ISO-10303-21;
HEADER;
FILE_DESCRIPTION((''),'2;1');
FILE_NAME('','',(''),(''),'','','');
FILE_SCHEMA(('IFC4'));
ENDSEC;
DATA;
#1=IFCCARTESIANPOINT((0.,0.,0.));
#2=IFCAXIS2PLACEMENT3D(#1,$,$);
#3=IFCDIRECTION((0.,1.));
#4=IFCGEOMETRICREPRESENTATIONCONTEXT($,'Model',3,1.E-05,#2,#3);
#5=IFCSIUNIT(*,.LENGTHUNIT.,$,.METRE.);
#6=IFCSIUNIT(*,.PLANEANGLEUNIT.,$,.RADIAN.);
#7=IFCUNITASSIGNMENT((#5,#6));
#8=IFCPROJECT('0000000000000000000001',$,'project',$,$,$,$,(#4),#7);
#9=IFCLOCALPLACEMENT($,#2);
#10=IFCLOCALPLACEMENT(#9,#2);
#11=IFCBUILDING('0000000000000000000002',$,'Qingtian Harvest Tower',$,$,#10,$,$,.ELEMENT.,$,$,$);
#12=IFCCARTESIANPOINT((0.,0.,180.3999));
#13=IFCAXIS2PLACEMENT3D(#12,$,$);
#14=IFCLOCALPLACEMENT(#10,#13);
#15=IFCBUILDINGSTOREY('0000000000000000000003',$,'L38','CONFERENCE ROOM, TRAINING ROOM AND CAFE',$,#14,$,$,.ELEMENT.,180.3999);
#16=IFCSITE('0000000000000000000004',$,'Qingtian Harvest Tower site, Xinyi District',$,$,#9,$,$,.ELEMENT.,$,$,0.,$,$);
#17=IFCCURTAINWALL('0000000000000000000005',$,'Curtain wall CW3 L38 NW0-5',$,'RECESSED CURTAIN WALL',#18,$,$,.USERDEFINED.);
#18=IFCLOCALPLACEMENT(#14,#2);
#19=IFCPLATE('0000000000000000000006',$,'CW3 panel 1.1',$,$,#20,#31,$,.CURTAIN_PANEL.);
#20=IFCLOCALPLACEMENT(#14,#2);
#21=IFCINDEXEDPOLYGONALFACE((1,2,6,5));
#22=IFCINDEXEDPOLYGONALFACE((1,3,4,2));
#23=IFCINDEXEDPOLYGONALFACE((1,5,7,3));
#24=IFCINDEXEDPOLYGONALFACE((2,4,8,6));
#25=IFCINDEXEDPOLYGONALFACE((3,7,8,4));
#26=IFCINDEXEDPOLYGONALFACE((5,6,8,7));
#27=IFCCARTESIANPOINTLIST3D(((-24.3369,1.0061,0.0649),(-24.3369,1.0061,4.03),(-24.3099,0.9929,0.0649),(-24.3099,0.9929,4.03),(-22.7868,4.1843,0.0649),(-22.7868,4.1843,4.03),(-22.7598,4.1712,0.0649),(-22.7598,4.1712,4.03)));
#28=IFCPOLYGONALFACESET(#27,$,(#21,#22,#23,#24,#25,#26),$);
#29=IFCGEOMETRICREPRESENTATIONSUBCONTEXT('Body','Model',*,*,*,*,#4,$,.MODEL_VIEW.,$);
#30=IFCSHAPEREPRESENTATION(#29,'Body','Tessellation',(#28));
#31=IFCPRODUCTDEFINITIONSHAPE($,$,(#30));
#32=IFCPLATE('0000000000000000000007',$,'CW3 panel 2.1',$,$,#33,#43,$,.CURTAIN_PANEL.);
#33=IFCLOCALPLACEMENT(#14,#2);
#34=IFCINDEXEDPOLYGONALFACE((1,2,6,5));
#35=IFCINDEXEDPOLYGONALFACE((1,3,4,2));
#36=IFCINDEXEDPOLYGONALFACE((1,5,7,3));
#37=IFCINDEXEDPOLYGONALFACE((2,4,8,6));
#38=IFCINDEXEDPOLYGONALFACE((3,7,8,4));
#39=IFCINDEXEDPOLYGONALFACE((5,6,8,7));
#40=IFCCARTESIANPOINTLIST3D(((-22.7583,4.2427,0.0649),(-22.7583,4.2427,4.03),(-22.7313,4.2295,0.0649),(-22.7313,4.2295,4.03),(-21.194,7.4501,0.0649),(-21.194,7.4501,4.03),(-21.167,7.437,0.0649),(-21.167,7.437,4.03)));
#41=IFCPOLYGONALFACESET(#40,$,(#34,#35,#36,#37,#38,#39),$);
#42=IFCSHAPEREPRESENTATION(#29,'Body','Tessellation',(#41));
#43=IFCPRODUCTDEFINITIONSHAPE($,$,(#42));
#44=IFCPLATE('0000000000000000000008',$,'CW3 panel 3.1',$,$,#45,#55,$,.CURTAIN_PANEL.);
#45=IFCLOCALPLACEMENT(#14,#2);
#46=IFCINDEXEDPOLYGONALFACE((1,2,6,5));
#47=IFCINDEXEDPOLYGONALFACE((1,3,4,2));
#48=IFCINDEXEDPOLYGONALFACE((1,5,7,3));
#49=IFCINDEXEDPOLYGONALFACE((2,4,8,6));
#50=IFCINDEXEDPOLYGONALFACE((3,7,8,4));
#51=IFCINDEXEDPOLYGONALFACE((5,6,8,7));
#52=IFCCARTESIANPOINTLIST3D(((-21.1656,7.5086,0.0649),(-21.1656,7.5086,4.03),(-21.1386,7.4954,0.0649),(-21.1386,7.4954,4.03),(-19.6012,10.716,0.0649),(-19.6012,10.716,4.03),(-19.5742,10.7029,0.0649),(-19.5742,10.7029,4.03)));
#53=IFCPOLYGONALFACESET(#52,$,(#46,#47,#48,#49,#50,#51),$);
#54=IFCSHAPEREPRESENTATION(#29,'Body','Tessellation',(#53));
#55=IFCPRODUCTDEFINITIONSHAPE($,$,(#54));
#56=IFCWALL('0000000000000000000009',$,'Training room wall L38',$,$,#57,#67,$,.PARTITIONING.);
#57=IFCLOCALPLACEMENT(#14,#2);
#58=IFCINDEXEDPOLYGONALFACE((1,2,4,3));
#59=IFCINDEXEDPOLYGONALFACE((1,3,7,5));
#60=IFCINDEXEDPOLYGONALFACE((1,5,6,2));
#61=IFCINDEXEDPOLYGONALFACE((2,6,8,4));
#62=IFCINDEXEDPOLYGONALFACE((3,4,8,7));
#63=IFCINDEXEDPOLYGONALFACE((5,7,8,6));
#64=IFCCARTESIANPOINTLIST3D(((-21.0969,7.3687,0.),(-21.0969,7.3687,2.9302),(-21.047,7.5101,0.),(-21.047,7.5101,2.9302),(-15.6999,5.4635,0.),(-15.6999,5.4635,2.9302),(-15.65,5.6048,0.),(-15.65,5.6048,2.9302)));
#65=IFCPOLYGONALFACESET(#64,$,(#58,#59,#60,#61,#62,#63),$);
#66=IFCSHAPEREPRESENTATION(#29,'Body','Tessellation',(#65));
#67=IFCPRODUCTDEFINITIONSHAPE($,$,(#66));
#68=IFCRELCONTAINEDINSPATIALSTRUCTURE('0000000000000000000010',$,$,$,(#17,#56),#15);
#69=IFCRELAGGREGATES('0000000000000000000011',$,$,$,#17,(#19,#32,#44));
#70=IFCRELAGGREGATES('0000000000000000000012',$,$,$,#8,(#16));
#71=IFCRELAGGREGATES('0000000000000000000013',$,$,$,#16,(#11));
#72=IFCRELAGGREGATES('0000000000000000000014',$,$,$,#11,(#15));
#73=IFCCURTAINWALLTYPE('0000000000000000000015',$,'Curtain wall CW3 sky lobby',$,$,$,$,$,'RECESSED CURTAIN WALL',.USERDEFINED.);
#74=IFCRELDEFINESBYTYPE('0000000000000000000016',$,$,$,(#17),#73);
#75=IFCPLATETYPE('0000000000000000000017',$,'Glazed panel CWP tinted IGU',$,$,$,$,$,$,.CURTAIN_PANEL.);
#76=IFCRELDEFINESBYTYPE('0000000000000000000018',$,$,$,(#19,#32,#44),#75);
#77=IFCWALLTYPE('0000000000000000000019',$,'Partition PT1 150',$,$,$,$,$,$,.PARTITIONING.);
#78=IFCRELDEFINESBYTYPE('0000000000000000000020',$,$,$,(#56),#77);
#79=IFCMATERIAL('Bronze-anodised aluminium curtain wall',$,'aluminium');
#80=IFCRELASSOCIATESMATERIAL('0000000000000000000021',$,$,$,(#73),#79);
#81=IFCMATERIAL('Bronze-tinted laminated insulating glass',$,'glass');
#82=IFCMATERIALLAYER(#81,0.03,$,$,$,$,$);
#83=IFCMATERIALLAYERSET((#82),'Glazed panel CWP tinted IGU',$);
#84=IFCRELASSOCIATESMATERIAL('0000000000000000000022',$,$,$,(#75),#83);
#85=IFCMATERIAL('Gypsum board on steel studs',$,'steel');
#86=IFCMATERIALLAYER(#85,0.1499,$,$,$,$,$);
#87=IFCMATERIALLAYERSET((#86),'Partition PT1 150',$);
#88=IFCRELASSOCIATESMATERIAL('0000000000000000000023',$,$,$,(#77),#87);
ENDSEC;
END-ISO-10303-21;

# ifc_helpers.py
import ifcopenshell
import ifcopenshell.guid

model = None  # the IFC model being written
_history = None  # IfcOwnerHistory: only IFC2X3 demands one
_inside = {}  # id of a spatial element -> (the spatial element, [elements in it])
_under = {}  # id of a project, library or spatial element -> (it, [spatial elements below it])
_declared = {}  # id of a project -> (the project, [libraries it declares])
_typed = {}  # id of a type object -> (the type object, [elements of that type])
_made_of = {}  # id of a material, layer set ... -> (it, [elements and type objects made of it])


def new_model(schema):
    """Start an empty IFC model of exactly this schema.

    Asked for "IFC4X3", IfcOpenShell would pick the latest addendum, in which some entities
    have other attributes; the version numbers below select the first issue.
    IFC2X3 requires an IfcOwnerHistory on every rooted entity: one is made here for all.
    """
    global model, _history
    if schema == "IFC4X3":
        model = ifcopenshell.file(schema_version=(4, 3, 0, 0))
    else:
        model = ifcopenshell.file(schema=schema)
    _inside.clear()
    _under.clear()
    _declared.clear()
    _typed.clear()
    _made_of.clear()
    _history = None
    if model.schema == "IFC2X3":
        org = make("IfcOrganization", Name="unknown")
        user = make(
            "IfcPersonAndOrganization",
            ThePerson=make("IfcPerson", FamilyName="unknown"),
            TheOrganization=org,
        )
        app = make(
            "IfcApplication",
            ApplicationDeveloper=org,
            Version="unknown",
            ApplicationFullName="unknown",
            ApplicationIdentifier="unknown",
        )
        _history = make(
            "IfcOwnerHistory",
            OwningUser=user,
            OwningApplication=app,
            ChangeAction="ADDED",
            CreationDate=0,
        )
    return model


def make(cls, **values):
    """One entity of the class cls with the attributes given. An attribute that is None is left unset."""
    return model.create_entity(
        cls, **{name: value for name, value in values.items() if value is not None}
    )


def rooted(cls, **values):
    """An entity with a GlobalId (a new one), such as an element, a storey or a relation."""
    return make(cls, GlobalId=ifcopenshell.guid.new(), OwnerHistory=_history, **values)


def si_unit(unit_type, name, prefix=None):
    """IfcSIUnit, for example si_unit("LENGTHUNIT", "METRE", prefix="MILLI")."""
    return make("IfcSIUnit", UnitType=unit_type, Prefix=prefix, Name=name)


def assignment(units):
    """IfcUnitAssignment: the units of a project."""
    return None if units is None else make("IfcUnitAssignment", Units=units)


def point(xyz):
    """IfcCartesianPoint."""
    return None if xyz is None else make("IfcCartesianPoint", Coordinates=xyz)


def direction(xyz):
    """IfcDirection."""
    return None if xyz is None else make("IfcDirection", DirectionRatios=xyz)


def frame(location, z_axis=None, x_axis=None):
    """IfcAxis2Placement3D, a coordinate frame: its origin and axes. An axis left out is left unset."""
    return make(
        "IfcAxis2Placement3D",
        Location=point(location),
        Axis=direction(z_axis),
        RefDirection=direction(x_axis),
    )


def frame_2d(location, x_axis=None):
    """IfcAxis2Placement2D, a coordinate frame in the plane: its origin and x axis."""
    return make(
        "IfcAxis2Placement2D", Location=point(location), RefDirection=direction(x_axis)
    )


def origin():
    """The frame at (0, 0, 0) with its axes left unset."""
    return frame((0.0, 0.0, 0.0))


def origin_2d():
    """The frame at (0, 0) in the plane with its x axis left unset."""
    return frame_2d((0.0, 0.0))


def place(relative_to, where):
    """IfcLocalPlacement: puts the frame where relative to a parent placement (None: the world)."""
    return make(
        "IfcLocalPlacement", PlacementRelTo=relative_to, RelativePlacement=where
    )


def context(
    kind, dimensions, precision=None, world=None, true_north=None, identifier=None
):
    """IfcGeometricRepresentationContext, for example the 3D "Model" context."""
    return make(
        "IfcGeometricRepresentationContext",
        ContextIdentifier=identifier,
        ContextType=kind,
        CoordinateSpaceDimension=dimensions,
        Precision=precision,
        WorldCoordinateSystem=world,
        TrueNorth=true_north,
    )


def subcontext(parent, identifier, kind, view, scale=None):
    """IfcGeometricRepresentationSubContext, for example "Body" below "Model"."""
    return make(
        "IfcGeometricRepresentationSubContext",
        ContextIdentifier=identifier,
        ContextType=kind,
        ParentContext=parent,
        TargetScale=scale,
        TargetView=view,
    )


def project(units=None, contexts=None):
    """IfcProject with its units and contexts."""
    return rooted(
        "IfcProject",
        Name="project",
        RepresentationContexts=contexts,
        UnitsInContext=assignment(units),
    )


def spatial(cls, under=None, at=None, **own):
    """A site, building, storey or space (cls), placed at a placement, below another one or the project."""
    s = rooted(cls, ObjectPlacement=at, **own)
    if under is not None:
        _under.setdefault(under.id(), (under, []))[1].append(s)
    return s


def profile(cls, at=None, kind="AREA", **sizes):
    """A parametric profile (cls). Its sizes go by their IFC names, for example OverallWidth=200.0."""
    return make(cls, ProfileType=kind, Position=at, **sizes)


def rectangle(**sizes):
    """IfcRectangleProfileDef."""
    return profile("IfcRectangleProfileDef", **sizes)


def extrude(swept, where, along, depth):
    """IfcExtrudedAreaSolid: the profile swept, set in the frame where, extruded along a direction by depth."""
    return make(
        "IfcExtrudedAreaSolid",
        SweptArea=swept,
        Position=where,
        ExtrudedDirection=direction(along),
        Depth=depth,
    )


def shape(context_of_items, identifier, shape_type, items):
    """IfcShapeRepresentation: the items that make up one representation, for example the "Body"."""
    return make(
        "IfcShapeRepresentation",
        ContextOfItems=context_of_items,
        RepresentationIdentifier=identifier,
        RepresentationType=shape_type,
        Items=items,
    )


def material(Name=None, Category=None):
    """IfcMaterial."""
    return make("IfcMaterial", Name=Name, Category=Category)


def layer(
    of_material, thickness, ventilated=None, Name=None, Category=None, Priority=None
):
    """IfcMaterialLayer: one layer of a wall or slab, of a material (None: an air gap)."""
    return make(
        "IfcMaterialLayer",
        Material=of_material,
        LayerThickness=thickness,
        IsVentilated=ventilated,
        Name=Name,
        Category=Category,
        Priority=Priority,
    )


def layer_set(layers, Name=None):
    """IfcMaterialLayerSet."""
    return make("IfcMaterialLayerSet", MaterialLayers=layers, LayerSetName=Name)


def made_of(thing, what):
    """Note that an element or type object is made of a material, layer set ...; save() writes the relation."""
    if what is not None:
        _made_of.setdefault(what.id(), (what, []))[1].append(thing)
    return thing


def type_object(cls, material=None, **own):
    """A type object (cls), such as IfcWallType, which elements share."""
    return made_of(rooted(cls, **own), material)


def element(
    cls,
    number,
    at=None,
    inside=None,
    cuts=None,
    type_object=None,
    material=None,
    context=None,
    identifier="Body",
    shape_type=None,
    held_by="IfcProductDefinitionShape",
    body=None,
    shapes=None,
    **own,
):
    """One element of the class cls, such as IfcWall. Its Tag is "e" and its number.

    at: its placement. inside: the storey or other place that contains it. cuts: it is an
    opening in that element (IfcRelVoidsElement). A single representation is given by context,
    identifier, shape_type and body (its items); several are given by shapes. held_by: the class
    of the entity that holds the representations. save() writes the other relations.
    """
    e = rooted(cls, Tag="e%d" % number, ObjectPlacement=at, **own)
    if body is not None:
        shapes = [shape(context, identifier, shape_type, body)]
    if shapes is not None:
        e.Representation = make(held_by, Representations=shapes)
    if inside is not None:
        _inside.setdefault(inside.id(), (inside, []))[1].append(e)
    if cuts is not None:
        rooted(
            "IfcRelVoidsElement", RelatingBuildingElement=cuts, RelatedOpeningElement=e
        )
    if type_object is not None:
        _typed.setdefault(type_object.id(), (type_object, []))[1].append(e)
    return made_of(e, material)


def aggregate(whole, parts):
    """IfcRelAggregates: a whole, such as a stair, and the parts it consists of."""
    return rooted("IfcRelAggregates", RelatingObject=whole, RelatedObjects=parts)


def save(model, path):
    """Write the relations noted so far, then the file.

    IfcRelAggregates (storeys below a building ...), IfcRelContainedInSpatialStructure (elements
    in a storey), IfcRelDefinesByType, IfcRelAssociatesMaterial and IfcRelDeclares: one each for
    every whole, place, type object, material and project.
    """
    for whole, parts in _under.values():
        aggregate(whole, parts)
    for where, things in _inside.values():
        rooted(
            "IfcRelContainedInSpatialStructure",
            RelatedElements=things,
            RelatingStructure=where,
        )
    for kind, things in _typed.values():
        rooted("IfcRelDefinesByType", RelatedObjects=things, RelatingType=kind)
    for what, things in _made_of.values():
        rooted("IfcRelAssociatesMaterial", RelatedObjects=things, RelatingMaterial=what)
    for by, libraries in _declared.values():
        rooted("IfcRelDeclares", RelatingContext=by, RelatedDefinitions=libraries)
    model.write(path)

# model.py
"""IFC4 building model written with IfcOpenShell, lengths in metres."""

from ifc_helpers import new_model, si_unit, direction, frame, frame_2d, origin, origin_2d, place, context, subcontext, project, spatial, rectangle, extrude, material, layer, layer_set, type_object, element, aggregate, save


model = new_model("IFC4")

# Units and contexts
model_context = context("Model", 3, precision=1e-05, world=origin(), true_north=direction((0.0, 1.0)))
body_context = subcontext(model_context, "Body", "Model", "MODEL_VIEW")
ifc_project = project(units=[si_unit("LENGTHUNIT", "METRE"), si_unit("PLANEANGLEUNIT", "RADIAN")], contexts=[model_context])

# Site, building, storey
site_placement = place(None, origin())
site = spatial("IfcSite", under=ifc_project, at=site_placement, Name="Qingtian Harvest Tower site, Xinyi District", CompositionType="ELEMENT", RefElevation=0.0)
building_placement = place(site_placement, origin())
building = spatial("IfcBuilding", under=site, at=building_placement, Name="Qingtian Harvest Tower", CompositionType="ELEMENT")
storey_placement = place(building_placement, frame((0.0, 0.0, 180.3999)))
storey = spatial("IfcBuildingStorey", under=building, at=storey_placement, Name="L38", Description="CONFERENCE ROOM, TRAINING ROOM AND CAFE", CompositionType="ELEMENT", Elevation=180.3999)

# Shared definitions
ifc_material_1 = material(Name="Bronze-anodised aluminium curtain wall", Category="aluminium")
curtain_wall_type = type_object("IfcCurtainWallType", Name="Curtain wall CW3 sky lobby", ElementType="RECESSED CURTAIN WALL", PredefinedType="USERDEFINED", material=ifc_material_1)

# Curtain wall
curtain_wall_1_placement = place(storey_placement, origin())
curtain_wall_1 = element("IfcCurtainWall", 1, at=curtain_wall_1_placement, inside=storey, type_object=curtain_wall_type, Name="Curtain wall CW3 L38 NW0-5", ObjectType="RECESSED CURTAIN WALL", PredefinedType="USERDEFINED")

# Plates
ifc_material_2 = material(Name="Bronze-tinted laminated insulating glass", Category="glass")
ifc_layer_1 = layer(ifc_material_2, 0.03)
ifc_layer_set_1 = layer_set([ifc_layer_1], Name="Glazed panel CWP tinted IGU")
plate_type = type_object("IfcPlateType", Name="Glazed panel CWP tinted IGU", PredefinedType="CURTAIN_PANEL", material=ifc_layer_set_1)
plate_1_placement = place(storey_placement, frame((-23.5483, 2.5886, 0.0649), z_axis=(0.0, 0.0, 1.0), x_axis=(0.438371, 0.898794, 0.0)))
plate_1 = element("IfcPlate", 2, at=plate_1_placement, type_object=plate_type, Name="CW3 panel 1.1", PredefinedType="CURTAIN_PANEL", context=body_context, shape_type="SweptSolid", body=[
    extrude(rectangle(XDim=3.5361, YDim=0.03, at=origin_2d()), origin(), (0.0, 0.0, 1.0), 3.9651),
])
plate_2_placement = place(storey_placement, frame((-21.9626, 5.8398, 0.0649), z_axis=(0.0, 0.0, 1.0), x_axis=(0.438371, 0.898794, 0.0)))
plate_2 = element("IfcPlate", 3, at=plate_2_placement, type_object=plate_type, Name="CW3 panel 2.1", PredefinedType="CURTAIN_PANEL", context=body_context, shape_type="SweptSolid", body=[
    extrude(rectangle(XDim=3.5686, YDim=0.03, at=origin_2d()), origin(), (0.0, 0.0, 1.0), 3.9651),
])
plate_3_placement = place(storey_placement, frame((-20.3699, 9.1057, 0.0649), z_axis=(0.0, 0.0, 1.0), x_axis=(0.438371, 0.898794, 0.0)))
plate_3 = element("IfcPlate", 4, at=plate_3_placement, type_object=plate_type, Name="CW3 panel 3.1", PredefinedType="CURTAIN_PANEL", context=body_context, shape_type="SweptSolid", body=[
    extrude(rectangle(XDim=3.5686, YDim=0.03, at=origin_2d()), origin(), (0.0, 0.0, 1.0), 3.9651),
])
aggregate(curtain_wall_1, [plate_1, plate_2, plate_3])

# Wall
ifc_material_3 = material(Name="Gypsum board on steel studs", Category="steel")
ifc_layer_2 = layer(ifc_material_3, 0.1499)
ifc_layer_set_2 = layer_set([ifc_layer_2], Name="Partition PT1 150")
wall_type = type_object("IfcWallType", Name="Partition PT1 150", PredefinedType="PARTITIONING", material=ifc_layer_set_2)
wall_1_placement = place(storey_placement, frame((-21.072, 7.4395, 0.0), z_axis=(0.0, 0.0, 1.0), x_axis=(0.942965, -0.332892, 0.0)))
element("IfcWall", 5, at=wall_1_placement, inside=storey, type_object=wall_type, Name="Training room wall L38", PredefinedType="PARTITIONING", context=body_context, shape_type="SweptSolid", body=[
    extrude(rectangle(XDim=5.7234, YDim=0.1499, at=frame_2d((2.8618, 0.0))), origin(), (0.0, 0.0, 1.0), 2.9302),
])

save(model, "model.ifc")
